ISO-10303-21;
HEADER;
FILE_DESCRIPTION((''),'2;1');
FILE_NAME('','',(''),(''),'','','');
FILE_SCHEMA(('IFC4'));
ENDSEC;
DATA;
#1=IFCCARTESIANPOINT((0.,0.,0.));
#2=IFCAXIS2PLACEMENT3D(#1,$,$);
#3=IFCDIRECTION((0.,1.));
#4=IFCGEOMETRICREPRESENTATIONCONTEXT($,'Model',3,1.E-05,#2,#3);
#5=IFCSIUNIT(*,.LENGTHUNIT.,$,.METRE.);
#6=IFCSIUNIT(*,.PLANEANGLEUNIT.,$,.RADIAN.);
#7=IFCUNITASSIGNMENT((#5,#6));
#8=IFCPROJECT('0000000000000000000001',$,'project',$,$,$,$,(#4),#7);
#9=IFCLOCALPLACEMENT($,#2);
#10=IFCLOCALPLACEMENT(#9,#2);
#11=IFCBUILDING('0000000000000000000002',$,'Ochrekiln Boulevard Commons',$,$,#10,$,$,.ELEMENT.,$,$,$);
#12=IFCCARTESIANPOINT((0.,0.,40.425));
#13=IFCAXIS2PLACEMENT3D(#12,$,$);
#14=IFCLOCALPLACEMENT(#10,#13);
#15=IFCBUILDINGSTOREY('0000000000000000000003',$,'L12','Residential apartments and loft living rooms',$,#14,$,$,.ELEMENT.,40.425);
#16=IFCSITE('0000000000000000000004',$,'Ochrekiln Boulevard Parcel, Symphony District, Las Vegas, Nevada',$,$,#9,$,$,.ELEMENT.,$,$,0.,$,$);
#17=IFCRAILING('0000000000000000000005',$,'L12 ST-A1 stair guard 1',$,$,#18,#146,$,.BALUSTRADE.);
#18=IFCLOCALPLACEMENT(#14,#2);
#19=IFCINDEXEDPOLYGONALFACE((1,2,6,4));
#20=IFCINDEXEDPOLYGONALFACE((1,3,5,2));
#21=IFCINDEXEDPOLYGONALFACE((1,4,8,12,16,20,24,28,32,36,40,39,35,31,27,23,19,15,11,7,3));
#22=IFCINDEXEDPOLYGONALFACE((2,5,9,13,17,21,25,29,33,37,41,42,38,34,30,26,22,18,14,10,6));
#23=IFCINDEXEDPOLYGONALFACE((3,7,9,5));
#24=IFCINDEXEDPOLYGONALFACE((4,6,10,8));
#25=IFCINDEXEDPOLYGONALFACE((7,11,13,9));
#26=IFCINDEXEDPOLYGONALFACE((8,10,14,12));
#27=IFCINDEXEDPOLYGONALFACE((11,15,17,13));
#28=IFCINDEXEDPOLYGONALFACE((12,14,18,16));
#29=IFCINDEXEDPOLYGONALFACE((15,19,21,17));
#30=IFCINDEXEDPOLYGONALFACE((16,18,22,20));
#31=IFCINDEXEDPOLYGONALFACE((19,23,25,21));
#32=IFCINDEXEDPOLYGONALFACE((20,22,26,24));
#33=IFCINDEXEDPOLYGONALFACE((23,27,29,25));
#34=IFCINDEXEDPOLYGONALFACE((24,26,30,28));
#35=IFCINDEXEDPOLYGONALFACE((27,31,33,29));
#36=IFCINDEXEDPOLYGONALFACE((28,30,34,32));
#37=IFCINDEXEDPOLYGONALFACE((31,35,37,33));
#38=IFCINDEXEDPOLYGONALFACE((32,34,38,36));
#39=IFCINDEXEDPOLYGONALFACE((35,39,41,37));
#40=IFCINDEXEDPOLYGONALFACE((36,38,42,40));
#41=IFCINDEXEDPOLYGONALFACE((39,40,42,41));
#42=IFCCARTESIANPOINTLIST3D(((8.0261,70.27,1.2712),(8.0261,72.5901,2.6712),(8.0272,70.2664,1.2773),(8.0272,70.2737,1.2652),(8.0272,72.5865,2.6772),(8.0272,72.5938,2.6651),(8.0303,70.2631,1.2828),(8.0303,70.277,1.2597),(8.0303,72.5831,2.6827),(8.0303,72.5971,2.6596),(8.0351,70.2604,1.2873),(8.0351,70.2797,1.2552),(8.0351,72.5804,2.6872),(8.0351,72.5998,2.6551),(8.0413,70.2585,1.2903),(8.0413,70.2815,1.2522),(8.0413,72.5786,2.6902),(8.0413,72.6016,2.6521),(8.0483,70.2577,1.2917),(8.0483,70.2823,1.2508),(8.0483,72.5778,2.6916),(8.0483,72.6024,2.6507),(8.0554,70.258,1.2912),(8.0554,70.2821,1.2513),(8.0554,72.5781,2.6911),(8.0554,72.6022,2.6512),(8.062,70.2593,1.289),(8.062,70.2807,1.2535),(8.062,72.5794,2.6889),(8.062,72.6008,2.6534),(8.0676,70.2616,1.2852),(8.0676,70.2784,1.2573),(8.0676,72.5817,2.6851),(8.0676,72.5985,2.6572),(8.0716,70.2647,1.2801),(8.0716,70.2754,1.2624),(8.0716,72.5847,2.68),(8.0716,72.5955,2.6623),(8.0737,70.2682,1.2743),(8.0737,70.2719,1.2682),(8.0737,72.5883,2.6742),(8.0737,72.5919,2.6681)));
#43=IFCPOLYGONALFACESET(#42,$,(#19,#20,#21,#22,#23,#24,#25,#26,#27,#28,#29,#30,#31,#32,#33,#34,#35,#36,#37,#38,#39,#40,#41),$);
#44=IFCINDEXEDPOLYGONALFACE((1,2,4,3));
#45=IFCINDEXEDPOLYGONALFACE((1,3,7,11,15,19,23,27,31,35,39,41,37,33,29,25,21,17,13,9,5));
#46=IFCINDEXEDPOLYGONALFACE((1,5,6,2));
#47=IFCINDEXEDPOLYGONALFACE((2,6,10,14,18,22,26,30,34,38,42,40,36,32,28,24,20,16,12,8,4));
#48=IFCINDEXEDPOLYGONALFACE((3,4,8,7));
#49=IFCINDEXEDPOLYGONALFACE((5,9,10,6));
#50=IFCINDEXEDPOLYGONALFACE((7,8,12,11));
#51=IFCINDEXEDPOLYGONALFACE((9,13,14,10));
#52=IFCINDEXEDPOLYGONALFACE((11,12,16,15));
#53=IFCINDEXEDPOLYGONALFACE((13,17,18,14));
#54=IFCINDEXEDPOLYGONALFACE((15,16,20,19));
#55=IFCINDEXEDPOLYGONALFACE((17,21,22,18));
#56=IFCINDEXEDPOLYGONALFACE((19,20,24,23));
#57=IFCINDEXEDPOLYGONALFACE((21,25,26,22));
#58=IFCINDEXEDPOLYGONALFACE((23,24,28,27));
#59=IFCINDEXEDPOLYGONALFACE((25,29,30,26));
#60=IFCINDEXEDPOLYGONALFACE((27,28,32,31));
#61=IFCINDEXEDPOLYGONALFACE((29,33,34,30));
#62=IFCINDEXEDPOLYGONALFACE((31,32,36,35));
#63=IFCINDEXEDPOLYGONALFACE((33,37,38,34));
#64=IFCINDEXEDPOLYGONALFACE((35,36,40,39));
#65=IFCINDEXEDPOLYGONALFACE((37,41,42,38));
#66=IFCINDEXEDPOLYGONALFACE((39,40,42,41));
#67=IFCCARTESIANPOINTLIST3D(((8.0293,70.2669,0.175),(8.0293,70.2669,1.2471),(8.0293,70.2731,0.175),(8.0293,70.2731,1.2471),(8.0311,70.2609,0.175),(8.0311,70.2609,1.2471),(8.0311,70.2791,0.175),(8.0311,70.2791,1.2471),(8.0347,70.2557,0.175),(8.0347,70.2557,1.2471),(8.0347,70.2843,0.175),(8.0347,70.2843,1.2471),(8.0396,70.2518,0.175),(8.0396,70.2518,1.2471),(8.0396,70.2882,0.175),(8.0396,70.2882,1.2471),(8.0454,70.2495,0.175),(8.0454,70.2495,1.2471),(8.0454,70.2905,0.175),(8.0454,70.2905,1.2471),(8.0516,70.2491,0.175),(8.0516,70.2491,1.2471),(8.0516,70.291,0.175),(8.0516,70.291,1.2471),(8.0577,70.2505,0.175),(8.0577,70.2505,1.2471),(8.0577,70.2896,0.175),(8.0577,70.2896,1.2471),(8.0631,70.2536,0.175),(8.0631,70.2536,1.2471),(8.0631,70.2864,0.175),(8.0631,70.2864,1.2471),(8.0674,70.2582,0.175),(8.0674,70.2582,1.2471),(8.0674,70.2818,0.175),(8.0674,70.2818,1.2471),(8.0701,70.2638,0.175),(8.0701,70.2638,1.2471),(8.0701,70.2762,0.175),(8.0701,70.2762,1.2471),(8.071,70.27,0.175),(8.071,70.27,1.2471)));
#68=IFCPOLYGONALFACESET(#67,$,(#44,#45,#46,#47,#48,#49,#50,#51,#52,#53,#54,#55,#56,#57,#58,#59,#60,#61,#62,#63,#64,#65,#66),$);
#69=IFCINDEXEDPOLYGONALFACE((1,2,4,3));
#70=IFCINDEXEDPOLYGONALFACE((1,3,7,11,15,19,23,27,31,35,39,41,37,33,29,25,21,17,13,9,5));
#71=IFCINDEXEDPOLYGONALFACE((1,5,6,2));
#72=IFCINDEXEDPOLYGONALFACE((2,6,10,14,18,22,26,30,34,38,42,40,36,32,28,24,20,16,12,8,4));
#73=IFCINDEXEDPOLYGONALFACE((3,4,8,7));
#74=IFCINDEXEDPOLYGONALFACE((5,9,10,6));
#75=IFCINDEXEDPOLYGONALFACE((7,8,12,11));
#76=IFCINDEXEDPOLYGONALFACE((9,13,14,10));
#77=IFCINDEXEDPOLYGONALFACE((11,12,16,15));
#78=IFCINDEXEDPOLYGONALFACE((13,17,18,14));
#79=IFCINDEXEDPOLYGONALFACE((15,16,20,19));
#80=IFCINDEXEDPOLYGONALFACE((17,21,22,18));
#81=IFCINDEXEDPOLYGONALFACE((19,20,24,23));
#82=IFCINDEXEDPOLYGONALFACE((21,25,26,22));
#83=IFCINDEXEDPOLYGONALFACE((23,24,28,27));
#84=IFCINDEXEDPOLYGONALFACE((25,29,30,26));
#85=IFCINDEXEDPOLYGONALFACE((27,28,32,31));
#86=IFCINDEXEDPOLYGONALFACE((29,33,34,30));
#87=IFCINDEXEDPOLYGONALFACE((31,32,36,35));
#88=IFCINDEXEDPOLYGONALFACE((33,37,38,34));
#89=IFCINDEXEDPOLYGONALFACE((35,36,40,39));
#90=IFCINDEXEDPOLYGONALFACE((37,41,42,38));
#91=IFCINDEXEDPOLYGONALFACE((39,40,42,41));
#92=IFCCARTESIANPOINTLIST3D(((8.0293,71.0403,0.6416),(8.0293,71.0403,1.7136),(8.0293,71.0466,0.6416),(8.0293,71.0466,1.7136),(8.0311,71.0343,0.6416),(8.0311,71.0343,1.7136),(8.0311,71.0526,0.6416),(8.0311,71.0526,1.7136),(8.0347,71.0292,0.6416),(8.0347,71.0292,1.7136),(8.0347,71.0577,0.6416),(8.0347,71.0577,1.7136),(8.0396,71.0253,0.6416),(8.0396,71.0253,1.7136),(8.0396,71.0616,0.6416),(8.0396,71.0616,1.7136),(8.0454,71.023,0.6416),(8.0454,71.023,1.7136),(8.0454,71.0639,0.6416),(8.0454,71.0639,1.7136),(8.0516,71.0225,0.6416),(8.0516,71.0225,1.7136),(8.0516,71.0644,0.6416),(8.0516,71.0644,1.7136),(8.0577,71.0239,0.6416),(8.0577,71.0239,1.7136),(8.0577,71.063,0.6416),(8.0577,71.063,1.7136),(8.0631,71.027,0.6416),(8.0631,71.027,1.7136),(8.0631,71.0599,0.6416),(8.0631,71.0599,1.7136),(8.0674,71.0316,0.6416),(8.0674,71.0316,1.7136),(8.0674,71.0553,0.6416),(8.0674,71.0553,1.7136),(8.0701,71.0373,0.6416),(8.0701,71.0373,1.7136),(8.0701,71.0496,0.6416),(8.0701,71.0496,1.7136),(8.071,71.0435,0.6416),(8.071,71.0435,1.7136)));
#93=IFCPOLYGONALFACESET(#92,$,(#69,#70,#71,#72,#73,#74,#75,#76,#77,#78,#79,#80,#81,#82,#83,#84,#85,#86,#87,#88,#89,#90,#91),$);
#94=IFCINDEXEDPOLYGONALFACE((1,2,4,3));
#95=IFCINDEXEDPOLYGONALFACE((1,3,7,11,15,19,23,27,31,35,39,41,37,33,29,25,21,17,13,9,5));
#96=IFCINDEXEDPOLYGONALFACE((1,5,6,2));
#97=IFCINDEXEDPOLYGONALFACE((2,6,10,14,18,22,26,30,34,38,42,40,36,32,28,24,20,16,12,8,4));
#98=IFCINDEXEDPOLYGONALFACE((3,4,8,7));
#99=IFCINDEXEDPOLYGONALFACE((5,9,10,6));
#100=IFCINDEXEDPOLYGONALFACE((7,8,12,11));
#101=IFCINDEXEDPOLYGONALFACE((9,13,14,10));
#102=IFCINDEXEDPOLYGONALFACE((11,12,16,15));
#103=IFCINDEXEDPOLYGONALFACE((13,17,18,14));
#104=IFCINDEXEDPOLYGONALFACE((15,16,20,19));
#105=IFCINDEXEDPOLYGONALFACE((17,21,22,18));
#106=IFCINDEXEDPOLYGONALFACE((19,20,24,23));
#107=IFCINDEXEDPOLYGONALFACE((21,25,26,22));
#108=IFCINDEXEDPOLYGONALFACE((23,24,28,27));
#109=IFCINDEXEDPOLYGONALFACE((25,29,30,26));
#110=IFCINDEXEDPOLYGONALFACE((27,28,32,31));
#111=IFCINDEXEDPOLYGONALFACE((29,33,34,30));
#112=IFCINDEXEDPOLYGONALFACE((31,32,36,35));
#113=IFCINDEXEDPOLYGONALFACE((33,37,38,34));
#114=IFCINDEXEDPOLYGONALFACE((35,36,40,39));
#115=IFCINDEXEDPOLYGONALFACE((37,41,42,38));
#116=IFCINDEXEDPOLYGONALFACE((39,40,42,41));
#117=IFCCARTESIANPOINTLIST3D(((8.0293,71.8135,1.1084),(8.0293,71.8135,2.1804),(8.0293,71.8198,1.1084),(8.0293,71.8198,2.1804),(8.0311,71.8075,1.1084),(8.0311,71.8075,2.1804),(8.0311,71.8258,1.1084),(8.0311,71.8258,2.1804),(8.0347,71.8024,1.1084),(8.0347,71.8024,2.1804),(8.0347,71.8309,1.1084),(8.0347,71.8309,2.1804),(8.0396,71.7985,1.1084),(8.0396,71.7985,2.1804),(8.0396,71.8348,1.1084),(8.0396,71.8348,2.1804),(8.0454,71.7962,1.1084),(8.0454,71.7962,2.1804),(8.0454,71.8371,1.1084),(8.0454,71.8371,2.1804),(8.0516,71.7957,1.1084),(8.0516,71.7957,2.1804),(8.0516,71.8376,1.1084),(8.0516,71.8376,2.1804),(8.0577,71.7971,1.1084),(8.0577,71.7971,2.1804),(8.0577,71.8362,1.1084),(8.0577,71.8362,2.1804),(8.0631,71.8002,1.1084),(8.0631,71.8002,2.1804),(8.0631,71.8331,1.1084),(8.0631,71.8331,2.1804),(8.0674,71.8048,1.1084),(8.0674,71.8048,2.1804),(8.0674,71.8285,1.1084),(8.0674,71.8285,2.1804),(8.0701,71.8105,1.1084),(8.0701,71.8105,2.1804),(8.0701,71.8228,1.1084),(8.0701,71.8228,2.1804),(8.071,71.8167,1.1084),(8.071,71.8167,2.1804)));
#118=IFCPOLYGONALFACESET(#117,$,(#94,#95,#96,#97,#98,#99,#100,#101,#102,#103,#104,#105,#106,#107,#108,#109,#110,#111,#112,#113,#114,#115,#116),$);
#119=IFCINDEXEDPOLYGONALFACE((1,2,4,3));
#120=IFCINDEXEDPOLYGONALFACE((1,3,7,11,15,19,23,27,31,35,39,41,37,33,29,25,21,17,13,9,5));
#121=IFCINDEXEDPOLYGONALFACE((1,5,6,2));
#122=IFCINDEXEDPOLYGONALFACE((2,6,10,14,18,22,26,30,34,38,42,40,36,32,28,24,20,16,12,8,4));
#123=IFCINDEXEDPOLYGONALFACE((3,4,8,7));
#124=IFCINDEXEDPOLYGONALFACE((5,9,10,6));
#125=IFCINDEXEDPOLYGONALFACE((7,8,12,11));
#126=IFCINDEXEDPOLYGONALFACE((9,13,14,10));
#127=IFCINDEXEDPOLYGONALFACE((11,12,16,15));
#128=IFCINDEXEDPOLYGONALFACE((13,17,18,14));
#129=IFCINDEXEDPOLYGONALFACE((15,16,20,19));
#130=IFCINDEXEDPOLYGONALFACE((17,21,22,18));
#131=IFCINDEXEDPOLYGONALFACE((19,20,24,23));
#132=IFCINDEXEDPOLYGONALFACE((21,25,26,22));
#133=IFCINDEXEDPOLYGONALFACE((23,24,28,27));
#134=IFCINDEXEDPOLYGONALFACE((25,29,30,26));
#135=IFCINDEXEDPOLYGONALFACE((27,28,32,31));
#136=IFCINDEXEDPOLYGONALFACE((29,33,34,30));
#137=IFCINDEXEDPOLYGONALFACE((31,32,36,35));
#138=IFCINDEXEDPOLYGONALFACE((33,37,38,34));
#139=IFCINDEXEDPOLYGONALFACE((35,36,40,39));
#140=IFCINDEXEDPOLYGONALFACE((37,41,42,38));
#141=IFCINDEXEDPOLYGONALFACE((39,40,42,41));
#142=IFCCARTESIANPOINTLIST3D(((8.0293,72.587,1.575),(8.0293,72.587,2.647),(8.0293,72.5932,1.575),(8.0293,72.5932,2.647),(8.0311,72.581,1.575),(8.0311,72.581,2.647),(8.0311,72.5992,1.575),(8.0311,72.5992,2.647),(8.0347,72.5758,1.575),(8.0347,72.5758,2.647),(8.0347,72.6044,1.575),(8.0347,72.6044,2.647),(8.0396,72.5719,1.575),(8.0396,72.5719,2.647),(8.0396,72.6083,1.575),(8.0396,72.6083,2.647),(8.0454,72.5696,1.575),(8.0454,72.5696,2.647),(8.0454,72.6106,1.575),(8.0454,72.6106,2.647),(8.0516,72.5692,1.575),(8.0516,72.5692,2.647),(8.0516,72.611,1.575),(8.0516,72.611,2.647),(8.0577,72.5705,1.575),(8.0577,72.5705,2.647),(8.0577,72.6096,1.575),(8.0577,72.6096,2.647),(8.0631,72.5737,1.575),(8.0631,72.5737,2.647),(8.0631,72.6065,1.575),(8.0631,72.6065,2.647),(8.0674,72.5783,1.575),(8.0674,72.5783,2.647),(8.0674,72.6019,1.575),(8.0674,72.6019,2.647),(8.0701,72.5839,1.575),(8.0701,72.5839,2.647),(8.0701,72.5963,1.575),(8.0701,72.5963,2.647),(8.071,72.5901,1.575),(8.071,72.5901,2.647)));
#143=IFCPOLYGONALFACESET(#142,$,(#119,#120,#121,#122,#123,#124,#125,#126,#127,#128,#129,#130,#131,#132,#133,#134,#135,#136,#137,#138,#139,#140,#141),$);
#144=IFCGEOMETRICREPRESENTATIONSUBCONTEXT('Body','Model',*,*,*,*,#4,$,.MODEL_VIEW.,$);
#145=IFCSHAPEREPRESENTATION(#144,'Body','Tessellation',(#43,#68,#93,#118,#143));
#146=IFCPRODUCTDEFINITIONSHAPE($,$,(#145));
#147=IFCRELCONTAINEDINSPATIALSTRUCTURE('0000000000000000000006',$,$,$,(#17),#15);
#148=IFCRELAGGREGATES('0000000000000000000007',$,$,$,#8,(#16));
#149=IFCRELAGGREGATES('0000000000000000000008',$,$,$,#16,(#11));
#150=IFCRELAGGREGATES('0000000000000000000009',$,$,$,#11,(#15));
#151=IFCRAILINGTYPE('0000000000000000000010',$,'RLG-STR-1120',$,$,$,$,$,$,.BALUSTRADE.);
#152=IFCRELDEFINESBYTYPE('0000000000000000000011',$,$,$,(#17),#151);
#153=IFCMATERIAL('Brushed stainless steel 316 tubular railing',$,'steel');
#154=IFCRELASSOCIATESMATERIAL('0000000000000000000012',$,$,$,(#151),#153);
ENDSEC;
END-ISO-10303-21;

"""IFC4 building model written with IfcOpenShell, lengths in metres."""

from ifc_helpers import new_model, si_unit, direction, frame, origin, origin_2d, place, context, subcontext, project, spatial, circle, extrude, material, type_object, element, save


model = new_model("IFC4")

# Units and contexts
model_context = context("Model", 3, precision=1e-05, world=origin(), true_north=direction((0.0, 1.0)))
body_context = subcontext(model_context, "Body", "Model", "MODEL_VIEW")
ifc_project = project(units=[si_unit("LENGTHUNIT", "METRE"), si_unit("PLANEANGLEUNIT", "RADIAN")], contexts=[model_context])

# Site, building, storey
site_placement = place(None, origin())
site = spatial("IfcSite", under=ifc_project, at=site_placement, Name="Ochrekiln Boulevard Parcel, Symphony District, Las Vegas, Nevada", CompositionType="ELEMENT", RefElevation=0.0)
building_placement = place(site_placement, origin())
building = spatial("IfcBuilding", under=site, at=building_placement, Name="Ochrekiln Boulevard Commons", CompositionType="ELEMENT")
storey_placement = place(building_placement, frame((0.0, 0.0, 40.425)))
storey = spatial("IfcBuildingStorey", under=building, at=storey_placement, Name="L12", Description="Residential apartments and loft living rooms", CompositionType="ELEMENT", Elevation=40.425)

# Railing
ifc_material_1 = material(Name="Brushed stainless steel 316 tubular railing", Category="steel")
railing_type_1 = type_object("IfcRailingType", Name="RLG-STR-1120", PredefinedType="BALUSTRADE", material=ifc_material_1)
railing_1_placement = place(storey_placement, frame((8.05, 70.27, 0.175)))
element("IfcRailing", 1, at=railing_1_placement, inside=storey, type_object=railing_type_1, Name="L12 ST-A1 stair guard 1", PredefinedType="BALUSTRADE", context=body_context, shape_type="SweptSolid", body=[
    extrude(circle(Radius=0.0239, at=origin_2d()), frame((0.0, 0.0, 1.0962), z_axis=(0.0, 0.85621, 0.516627), x_axis=(-1.0, 0.0, 0.0)), (0.0, 0.0, 1.0), 2.7097),
    extrude(circle(Radius=0.021, at=origin_2d()), origin(), (0.0, 0.0, 1.0), 1.072),
    extrude(circle(Radius=0.021, at=origin_2d()), frame((0.0, 0.7734, 0.4666)), (0.0, 0.0, 1.0), 1.072),
    extrude(circle(Radius=0.021, at=origin_2d()), frame((0.0, 1.5466, 0.9333)), (0.0, 0.0, 1.0), 1.072),
    extrude(circle(Radius=0.021, at=origin_2d()), frame((0.0, 2.3201, 1.3999)), (0.0, 0.0, 1.0), 1.072),
])

save(model, "model.ifc")
